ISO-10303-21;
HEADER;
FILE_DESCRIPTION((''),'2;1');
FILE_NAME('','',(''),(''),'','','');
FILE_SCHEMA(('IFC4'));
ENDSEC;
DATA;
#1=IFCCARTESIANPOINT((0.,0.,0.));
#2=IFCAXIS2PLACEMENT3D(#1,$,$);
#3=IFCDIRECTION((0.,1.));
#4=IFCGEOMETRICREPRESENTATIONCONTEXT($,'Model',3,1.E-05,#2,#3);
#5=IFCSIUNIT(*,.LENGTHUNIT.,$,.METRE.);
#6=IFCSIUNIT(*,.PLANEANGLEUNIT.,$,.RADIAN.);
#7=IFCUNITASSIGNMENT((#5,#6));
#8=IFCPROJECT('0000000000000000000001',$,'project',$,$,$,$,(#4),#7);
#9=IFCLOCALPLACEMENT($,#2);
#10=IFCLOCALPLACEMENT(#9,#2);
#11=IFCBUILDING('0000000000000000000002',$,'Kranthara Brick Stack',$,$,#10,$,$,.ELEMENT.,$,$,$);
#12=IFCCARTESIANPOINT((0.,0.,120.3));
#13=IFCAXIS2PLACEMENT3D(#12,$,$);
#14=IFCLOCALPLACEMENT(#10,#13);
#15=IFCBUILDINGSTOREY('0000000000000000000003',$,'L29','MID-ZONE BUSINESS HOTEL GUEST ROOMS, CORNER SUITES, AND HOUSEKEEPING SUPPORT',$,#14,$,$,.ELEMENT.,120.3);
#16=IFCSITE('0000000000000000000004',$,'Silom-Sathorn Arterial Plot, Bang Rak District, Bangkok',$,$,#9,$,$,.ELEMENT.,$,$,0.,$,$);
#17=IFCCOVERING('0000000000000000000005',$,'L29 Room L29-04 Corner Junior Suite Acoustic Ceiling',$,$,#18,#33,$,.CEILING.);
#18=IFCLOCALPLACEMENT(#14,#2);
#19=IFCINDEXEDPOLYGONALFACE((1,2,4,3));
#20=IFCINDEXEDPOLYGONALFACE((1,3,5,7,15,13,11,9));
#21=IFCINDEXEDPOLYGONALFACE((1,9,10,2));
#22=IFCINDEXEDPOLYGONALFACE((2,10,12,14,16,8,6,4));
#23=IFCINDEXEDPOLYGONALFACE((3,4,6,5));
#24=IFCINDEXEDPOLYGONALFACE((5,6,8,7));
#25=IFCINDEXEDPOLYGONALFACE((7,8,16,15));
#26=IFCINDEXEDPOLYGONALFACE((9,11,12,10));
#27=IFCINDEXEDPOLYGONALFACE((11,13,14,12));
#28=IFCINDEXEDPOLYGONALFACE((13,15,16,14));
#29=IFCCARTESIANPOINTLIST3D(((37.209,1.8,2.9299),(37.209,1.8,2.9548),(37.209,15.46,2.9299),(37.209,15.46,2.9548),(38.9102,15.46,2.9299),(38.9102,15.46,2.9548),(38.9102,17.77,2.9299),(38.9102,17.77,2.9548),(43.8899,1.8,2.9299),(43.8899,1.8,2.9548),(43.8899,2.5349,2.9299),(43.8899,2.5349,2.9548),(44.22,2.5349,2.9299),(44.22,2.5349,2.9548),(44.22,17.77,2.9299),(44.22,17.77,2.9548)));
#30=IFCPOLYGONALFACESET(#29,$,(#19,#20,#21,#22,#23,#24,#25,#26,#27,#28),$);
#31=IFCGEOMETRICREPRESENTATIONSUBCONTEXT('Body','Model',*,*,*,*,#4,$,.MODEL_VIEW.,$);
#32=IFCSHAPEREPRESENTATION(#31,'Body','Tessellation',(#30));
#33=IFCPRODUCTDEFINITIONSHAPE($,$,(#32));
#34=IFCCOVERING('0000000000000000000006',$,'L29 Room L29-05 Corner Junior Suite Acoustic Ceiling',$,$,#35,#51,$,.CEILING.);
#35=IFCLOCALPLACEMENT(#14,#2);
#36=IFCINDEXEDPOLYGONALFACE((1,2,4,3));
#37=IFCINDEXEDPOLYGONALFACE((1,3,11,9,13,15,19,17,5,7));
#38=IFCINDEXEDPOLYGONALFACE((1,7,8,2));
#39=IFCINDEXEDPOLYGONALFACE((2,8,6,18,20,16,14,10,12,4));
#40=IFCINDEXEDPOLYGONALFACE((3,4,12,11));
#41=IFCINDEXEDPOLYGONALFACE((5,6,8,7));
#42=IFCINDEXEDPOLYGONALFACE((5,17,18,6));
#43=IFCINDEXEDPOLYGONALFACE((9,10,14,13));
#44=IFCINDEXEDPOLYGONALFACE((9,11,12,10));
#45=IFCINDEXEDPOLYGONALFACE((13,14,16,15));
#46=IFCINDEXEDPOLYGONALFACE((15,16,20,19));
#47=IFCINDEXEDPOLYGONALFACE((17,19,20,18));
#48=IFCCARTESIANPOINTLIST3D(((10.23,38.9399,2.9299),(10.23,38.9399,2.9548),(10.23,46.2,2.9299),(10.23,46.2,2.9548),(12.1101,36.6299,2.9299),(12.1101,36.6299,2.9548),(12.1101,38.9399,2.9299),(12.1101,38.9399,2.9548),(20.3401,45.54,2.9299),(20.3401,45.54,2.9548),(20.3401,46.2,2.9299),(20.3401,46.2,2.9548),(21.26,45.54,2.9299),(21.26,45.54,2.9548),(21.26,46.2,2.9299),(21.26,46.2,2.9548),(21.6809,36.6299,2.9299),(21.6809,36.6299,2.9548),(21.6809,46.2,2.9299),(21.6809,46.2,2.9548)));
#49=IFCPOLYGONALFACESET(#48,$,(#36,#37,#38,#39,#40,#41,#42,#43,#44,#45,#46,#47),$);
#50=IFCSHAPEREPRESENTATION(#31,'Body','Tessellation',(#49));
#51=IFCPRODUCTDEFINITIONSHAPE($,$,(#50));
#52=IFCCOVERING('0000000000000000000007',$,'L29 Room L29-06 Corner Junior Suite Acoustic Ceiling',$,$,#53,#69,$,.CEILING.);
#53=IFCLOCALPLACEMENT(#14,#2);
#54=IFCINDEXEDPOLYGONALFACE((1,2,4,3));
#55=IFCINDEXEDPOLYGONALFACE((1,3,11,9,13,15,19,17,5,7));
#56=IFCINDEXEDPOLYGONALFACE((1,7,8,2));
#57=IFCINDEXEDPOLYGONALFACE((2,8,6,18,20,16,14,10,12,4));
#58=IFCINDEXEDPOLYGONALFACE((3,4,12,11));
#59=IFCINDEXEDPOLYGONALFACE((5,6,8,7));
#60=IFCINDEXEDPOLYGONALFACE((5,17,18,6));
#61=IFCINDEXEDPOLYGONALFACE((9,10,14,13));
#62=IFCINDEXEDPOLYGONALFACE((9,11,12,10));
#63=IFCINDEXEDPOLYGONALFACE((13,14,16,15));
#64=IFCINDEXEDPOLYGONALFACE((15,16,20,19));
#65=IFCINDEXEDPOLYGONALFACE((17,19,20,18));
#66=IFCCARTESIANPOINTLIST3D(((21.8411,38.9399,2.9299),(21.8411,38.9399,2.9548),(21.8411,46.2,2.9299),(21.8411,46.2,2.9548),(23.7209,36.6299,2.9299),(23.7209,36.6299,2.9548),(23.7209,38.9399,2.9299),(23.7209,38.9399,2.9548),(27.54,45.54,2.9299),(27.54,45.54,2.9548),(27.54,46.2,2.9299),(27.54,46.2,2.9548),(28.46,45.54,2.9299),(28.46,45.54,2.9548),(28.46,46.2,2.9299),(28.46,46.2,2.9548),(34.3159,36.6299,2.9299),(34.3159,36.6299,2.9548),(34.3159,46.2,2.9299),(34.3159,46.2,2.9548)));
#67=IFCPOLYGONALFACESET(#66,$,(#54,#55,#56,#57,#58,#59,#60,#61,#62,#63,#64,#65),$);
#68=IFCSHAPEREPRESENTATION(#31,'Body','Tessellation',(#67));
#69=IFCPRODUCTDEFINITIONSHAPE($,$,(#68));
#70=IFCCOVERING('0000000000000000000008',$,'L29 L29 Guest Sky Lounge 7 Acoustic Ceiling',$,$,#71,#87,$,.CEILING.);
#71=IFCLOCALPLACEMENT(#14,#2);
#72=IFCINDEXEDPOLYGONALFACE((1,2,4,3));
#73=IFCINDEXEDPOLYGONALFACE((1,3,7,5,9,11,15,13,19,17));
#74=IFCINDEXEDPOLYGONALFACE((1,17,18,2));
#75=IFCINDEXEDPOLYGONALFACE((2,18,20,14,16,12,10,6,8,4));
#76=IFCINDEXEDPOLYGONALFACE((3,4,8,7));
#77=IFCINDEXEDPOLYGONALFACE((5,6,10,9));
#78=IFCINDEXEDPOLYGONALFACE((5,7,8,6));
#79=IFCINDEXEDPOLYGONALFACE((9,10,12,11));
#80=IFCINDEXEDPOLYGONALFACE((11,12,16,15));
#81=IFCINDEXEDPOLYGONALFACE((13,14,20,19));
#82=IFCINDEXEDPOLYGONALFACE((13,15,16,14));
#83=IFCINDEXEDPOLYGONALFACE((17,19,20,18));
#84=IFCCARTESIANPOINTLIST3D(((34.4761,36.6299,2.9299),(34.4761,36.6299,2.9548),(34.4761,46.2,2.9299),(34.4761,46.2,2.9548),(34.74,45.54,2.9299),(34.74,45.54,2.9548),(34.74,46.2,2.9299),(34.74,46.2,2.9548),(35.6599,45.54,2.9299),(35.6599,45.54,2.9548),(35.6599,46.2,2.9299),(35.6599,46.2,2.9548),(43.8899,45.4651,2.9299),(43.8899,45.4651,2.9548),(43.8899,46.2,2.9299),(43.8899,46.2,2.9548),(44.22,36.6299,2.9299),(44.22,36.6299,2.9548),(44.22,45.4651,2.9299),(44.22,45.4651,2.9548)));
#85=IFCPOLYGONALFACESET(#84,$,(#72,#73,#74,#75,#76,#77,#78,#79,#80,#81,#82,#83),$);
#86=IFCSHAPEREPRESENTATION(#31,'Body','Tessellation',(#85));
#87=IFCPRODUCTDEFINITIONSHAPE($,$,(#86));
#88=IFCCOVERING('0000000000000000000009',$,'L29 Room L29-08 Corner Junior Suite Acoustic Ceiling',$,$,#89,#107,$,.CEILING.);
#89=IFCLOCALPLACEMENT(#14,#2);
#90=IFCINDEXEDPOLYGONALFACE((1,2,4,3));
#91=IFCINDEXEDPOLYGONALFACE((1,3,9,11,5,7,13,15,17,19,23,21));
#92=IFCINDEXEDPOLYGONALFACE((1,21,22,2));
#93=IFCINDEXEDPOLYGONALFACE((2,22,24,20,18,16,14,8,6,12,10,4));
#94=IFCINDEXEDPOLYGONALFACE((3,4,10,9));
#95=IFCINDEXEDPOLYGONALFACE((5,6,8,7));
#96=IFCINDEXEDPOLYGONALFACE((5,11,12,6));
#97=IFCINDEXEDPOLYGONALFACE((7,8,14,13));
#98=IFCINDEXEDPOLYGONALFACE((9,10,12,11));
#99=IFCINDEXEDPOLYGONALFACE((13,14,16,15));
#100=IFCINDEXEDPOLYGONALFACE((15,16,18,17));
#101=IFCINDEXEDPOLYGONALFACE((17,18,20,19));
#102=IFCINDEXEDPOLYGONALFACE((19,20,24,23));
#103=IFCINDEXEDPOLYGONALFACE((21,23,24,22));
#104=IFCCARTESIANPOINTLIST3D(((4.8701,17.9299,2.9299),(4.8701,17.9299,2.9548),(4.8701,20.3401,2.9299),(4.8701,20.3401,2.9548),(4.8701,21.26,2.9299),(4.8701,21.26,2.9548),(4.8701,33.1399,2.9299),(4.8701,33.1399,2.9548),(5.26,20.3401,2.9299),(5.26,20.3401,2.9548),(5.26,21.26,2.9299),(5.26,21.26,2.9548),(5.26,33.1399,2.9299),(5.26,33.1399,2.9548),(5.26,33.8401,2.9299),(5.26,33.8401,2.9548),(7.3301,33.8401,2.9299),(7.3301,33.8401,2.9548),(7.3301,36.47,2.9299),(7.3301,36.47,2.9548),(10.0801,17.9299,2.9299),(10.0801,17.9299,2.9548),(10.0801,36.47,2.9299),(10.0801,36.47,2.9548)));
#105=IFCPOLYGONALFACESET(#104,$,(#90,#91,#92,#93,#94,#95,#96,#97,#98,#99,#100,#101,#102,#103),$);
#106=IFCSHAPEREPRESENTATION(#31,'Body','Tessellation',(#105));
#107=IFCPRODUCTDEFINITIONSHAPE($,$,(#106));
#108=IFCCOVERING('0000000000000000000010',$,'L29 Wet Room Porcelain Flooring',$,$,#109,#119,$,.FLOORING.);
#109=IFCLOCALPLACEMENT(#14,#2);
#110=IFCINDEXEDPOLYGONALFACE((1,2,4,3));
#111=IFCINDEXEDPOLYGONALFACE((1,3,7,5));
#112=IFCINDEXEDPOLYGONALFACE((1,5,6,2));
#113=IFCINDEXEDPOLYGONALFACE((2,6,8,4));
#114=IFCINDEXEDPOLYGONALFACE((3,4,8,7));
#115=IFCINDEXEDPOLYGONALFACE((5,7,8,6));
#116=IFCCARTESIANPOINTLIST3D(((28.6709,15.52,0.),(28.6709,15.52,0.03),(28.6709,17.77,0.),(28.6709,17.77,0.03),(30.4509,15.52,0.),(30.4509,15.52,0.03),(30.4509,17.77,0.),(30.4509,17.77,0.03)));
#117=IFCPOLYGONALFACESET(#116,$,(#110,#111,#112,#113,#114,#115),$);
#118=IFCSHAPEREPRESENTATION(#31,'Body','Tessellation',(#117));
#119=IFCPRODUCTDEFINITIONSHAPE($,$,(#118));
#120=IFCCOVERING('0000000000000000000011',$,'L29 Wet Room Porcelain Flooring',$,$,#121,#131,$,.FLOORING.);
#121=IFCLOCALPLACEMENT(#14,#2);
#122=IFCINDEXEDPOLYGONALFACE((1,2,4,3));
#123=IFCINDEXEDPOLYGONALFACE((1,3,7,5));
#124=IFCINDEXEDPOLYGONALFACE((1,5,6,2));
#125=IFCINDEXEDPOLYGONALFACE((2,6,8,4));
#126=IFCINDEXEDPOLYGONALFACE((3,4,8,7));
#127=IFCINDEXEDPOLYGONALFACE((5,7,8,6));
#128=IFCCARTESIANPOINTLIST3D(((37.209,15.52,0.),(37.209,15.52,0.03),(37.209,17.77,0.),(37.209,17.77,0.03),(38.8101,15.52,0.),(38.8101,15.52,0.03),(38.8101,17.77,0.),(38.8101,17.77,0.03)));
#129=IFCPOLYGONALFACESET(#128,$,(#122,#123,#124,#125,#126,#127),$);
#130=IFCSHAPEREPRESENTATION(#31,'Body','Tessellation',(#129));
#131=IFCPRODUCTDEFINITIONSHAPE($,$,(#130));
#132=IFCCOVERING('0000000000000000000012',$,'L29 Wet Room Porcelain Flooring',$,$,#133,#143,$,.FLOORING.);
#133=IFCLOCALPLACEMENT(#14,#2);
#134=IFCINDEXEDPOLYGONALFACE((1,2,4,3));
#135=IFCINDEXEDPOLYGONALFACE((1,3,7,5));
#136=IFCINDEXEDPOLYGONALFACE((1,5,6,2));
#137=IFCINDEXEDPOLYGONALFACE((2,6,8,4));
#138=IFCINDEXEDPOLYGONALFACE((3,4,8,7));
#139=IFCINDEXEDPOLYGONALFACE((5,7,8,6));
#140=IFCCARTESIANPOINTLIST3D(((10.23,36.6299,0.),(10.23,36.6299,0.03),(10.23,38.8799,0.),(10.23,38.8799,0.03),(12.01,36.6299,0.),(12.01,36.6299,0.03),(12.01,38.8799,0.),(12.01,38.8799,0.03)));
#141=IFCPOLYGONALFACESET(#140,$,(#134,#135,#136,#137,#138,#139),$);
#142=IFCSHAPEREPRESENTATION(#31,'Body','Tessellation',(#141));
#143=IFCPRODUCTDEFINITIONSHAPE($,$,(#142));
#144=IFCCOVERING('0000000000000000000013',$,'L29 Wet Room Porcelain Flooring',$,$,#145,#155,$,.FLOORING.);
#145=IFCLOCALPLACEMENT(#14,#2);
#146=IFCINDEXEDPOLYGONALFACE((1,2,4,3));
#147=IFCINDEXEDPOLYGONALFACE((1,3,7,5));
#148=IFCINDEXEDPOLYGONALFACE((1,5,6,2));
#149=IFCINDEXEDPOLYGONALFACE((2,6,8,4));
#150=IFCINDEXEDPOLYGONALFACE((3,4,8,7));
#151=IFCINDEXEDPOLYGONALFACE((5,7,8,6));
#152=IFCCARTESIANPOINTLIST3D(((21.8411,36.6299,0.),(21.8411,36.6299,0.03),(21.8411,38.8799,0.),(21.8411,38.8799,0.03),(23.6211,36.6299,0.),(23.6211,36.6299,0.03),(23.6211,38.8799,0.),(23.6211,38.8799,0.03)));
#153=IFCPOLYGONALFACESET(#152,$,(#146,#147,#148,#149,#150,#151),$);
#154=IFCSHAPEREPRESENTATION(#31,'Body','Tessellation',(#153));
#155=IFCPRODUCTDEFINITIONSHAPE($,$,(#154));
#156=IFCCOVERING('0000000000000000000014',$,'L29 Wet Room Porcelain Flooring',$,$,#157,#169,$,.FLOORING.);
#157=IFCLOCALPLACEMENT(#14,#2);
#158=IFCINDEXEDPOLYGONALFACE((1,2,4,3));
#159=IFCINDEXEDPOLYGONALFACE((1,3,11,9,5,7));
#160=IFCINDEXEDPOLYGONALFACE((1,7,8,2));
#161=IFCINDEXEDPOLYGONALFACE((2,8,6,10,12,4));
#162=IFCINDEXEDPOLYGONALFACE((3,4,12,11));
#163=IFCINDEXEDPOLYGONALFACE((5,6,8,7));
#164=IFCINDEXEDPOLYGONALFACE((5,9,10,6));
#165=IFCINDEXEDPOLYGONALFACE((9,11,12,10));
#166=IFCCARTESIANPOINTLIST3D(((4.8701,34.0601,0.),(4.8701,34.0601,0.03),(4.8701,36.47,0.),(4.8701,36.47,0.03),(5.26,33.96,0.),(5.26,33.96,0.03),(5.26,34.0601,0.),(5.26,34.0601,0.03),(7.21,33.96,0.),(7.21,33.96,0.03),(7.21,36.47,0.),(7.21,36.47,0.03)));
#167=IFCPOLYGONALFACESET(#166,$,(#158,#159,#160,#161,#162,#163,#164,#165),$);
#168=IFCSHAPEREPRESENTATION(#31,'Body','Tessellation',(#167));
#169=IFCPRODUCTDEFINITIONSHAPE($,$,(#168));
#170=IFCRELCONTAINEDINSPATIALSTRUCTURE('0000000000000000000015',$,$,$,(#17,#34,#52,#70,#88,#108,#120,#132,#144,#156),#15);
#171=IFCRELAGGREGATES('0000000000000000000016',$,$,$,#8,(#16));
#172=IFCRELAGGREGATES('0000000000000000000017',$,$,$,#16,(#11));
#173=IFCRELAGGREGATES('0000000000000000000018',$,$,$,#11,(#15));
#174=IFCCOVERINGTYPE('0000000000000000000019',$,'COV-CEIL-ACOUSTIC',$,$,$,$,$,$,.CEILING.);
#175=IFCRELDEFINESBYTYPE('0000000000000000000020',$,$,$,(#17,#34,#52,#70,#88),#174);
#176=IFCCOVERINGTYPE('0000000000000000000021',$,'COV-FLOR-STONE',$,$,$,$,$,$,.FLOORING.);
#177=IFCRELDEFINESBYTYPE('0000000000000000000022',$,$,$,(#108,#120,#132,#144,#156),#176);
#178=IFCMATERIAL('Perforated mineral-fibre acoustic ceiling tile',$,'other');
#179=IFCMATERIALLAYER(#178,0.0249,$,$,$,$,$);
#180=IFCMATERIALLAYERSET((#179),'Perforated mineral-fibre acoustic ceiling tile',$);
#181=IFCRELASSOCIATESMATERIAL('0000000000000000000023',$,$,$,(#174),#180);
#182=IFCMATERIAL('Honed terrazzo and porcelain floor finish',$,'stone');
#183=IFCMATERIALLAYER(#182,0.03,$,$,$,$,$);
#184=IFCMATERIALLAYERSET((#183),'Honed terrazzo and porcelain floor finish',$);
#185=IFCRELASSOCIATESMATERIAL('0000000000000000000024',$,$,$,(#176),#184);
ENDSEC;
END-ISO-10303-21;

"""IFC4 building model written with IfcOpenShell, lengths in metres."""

from ifc_helpers import new_model, si_unit, direction, frame, origin, place, context, subcontext, project, spatial, polyline, outline, extrude, material, layer, layer_set, type_object, element, save


model = new_model("IFC4")

# Units and contexts
model_context = context("Model", 3, precision=1e-05, world=origin(), true_north=direction((0.0, 1.0)))
body_context = subcontext(model_context, "Body", "Model", "MODEL_VIEW")
ifc_project = project(units=[si_unit("LENGTHUNIT", "METRE"), si_unit("PLANEANGLEUNIT", "RADIAN")], contexts=[model_context])

# Site, building, storey
site_placement = place(None, origin())
site = spatial("IfcSite", under=ifc_project, at=site_placement, Name="Silom-Sathorn Arterial Plot, Bang Rak District, Bangkok", CompositionType="ELEMENT", RefElevation=0.0)
building_placement = place(site_placement, origin())
building = spatial("IfcBuilding", under=site, at=building_placement, Name="Kranthara Brick Stack", CompositionType="ELEMENT")
storey_placement = place(building_placement, frame((0.0, 0.0, 120.3)))
storey = spatial("IfcBuildingStorey", under=building, at=storey_placement, Name="L29", Description="MID-ZONE BUSINESS HOTEL GUEST ROOMS, CORNER SUITES, AND HOUSEKEEPING SUPPORT", CompositionType="ELEMENT", Elevation=120.3)

# Coverings
ifc_material_1 = material(Name="Perforated mineral-fibre acoustic ceiling tile", Category="other")
ifc_layer_1 = layer(ifc_material_1, 0.0249)
ifc_layer_set_1 = layer_set([ifc_layer_1], Name="Perforated mineral-fibre acoustic ceiling tile")
covering_type_1 = type_object("IfcCoveringType", Name="COV-CEIL-ACOUSTIC", PredefinedType="CEILING", material=ifc_layer_set_1)
covering_1_placement = place(storey_placement, frame((0.0, 0.0, 2.9299)))
element("IfcCovering", 1, at=covering_1_placement, inside=storey, type_object=covering_type_1, Name="L29 Room L29-04 Corner Junior Suite Acoustic Ceiling", PredefinedType="CEILING", context=body_context, shape_type="SweptSolid", body=[
    extrude(outline(polyline([(37.209, 1.8), (37.209, 15.46), (38.9102, 15.46), (38.9102, 17.77), (44.22, 17.77), (44.22, 2.5349), (43.8899, 2.5349), (43.8899, 1.8), (37.209, 1.8)])), origin(), (0.0, 0.0, 1.0), 0.0249),
])
covering_2_placement = place(storey_placement, frame((0.0, 0.0, 2.9299)))
element("IfcCovering", 2, at=covering_2_placement, inside=storey, type_object=covering_type_1, Name="L29 Room L29-05 Corner Junior Suite Acoustic Ceiling", PredefinedType="CEILING", context=body_context, shape_type="SweptSolid", body=[
    extrude(outline(polyline([(21.6809, 46.2), (21.6809, 36.6299), (12.1101, 36.6299), (12.1101, 38.9399), (10.23, 38.9399), (10.23, 46.2), (20.3401, 46.2), (20.3401, 45.54), (21.26, 45.54), (21.26, 46.2), (21.6809, 46.2)])), origin(), (0.0, 0.0, 1.0), 0.0249),
])
covering_3_placement = place(storey_placement, frame((0.0, 0.0, 2.9299)))
element("IfcCovering", 3, at=covering_3_placement, inside=storey, type_object=covering_type_1, Name="L29 Room L29-06 Corner Junior Suite Acoustic Ceiling", PredefinedType="CEILING", context=body_context, shape_type="SweptSolid", body=[
    extrude(outline(polyline([(34.3159, 46.2), (34.3159, 36.6299), (23.7209, 36.6299), (23.7209, 38.9399), (21.8411, 38.9399), (21.8411, 46.2), (27.54, 46.2), (27.54, 45.54), (28.46, 45.54), (28.46, 46.2), (34.3159, 46.2)])), origin(), (0.0, 0.0, 1.0), 0.0249),
])
covering_4_placement = place(storey_placement, frame((0.0, 0.0, 2.9299)))
element("IfcCovering", 4, at=covering_4_placement, inside=storey, type_object=covering_type_1, Name="L29 L29 Guest Sky Lounge 7 Acoustic Ceiling", PredefinedType="CEILING", context=body_context, shape_type="SweptSolid", body=[
    extrude(outline(polyline([(44.22, 36.6299), (34.4761, 36.6299), (34.4761, 46.2), (34.74, 46.2), (34.74, 45.54), (35.6599, 45.54), (35.6599, 46.2), (43.8899, 46.2), (43.8899, 45.4651), (44.22, 45.4651), (44.22, 36.6299)])), origin(), (0.0, 0.0, 1.0), 0.0249),
])
covering_5_placement = place(storey_placement, frame((0.0, 0.0, 2.9299)))
element("IfcCovering", 5, at=covering_5_placement, inside=storey, type_object=covering_type_1, Name="L29 Room L29-08 Corner Junior Suite Acoustic Ceiling", PredefinedType="CEILING", context=body_context, shape_type="SweptSolid", body=[
    extrude(outline(polyline([(7.3301, 33.8401), (7.3301, 36.47), (10.0801, 36.47), (10.0801, 17.9299), (4.8701, 17.9299), (4.8701, 20.3401), (5.26, 20.3401), (5.26, 21.26), (4.8701, 21.26), (4.8701, 33.1399), (5.26, 33.1399), (5.26, 33.8401), (7.3301, 33.8401)])), origin(), (0.0, 0.0, 1.0), 0.0249),
])
ifc_material_2 = material(Name="Honed terrazzo and porcelain floor finish", Category="stone")
ifc_layer_2 = layer(ifc_material_2, 0.03)
ifc_layer_set_2 = layer_set([ifc_layer_2], Name="Honed terrazzo and porcelain floor finish")
covering_type_2 = type_object("IfcCoveringType", Name="COV-FLOR-STONE", PredefinedType="FLOORING", material=ifc_layer_set_2)
covering_6_placement = place(storey_placement, origin())
element("IfcCovering", 6, at=covering_6_placement, inside=storey, type_object=covering_type_2, Name="L29 Wet Room Porcelain Flooring", PredefinedType="FLOORING", context=body_context, shape_type="SweptSolid", body=[
    extrude(outline(polyline([(28.6709, 15.52), (28.6709, 17.77), (30.4509, 17.77), (30.4509, 15.52), (28.6709, 15.52)])), origin(), (0.0, 0.0, 1.0), 0.03),
])
covering_7_placement = place(storey_placement, origin())
element("IfcCovering", 7, at=covering_7_placement, inside=storey, type_object=covering_type_2, Name="L29 Wet Room Porcelain Flooring", PredefinedType="FLOORING", context=body_context, shape_type="SweptSolid", body=[
    extrude(outline(polyline([(37.209, 15.52), (37.209, 17.77), (38.8101, 17.77), (38.8101, 15.52), (37.209, 15.52)])), origin(), (0.0, 0.0, 1.0), 0.03),
])
covering_8_placement = place(storey_placement, origin())
element("IfcCovering", 8, at=covering_8_placement, inside=storey, type_object=covering_type_2, Name="L29 Wet Room Porcelain Flooring", PredefinedType="FLOORING", context=body_context, shape_type="SweptSolid", body=[
    extrude(outline(polyline([(10.23, 36.6299), (10.23, 38.8799), (12.01, 38.8799), (12.01, 36.6299), (10.23, 36.6299)])), origin(), (0.0, 0.0, 1.0), 0.03),
])
covering_9_placement = place(storey_placement, origin())
element("IfcCovering", 9, at=covering_9_placement, inside=storey, type_object=covering_type_2, Name="L29 Wet Room Porcelain Flooring", PredefinedType="FLOORING", context=body_context, shape_type="SweptSolid", body=[
    extrude(outline(polyline([(21.8411, 36.6299), (21.8411, 38.8799), (23.6211, 38.8799), (23.6211, 36.6299), (21.8411, 36.6299)])), origin(), (0.0, 0.0, 1.0), 0.03),
])
covering_10_placement = place(storey_placement, origin())
element("IfcCovering", 10, at=covering_10_placement, inside=storey, type_object=covering_type_2, Name="L29 Wet Room Porcelain Flooring", PredefinedType="FLOORING", context=body_context, shape_type="SweptSolid", body=[
    extrude(outline(polyline([(7.21, 36.47), (7.21, 33.96), (5.26, 33.96), (5.26, 34.0601), (4.8701, 34.0601), (4.8701, 36.47), (7.21, 36.47)])), origin(), (0.0, 0.0, 1.0), 0.03),
])

save(model, "model.ifc")
